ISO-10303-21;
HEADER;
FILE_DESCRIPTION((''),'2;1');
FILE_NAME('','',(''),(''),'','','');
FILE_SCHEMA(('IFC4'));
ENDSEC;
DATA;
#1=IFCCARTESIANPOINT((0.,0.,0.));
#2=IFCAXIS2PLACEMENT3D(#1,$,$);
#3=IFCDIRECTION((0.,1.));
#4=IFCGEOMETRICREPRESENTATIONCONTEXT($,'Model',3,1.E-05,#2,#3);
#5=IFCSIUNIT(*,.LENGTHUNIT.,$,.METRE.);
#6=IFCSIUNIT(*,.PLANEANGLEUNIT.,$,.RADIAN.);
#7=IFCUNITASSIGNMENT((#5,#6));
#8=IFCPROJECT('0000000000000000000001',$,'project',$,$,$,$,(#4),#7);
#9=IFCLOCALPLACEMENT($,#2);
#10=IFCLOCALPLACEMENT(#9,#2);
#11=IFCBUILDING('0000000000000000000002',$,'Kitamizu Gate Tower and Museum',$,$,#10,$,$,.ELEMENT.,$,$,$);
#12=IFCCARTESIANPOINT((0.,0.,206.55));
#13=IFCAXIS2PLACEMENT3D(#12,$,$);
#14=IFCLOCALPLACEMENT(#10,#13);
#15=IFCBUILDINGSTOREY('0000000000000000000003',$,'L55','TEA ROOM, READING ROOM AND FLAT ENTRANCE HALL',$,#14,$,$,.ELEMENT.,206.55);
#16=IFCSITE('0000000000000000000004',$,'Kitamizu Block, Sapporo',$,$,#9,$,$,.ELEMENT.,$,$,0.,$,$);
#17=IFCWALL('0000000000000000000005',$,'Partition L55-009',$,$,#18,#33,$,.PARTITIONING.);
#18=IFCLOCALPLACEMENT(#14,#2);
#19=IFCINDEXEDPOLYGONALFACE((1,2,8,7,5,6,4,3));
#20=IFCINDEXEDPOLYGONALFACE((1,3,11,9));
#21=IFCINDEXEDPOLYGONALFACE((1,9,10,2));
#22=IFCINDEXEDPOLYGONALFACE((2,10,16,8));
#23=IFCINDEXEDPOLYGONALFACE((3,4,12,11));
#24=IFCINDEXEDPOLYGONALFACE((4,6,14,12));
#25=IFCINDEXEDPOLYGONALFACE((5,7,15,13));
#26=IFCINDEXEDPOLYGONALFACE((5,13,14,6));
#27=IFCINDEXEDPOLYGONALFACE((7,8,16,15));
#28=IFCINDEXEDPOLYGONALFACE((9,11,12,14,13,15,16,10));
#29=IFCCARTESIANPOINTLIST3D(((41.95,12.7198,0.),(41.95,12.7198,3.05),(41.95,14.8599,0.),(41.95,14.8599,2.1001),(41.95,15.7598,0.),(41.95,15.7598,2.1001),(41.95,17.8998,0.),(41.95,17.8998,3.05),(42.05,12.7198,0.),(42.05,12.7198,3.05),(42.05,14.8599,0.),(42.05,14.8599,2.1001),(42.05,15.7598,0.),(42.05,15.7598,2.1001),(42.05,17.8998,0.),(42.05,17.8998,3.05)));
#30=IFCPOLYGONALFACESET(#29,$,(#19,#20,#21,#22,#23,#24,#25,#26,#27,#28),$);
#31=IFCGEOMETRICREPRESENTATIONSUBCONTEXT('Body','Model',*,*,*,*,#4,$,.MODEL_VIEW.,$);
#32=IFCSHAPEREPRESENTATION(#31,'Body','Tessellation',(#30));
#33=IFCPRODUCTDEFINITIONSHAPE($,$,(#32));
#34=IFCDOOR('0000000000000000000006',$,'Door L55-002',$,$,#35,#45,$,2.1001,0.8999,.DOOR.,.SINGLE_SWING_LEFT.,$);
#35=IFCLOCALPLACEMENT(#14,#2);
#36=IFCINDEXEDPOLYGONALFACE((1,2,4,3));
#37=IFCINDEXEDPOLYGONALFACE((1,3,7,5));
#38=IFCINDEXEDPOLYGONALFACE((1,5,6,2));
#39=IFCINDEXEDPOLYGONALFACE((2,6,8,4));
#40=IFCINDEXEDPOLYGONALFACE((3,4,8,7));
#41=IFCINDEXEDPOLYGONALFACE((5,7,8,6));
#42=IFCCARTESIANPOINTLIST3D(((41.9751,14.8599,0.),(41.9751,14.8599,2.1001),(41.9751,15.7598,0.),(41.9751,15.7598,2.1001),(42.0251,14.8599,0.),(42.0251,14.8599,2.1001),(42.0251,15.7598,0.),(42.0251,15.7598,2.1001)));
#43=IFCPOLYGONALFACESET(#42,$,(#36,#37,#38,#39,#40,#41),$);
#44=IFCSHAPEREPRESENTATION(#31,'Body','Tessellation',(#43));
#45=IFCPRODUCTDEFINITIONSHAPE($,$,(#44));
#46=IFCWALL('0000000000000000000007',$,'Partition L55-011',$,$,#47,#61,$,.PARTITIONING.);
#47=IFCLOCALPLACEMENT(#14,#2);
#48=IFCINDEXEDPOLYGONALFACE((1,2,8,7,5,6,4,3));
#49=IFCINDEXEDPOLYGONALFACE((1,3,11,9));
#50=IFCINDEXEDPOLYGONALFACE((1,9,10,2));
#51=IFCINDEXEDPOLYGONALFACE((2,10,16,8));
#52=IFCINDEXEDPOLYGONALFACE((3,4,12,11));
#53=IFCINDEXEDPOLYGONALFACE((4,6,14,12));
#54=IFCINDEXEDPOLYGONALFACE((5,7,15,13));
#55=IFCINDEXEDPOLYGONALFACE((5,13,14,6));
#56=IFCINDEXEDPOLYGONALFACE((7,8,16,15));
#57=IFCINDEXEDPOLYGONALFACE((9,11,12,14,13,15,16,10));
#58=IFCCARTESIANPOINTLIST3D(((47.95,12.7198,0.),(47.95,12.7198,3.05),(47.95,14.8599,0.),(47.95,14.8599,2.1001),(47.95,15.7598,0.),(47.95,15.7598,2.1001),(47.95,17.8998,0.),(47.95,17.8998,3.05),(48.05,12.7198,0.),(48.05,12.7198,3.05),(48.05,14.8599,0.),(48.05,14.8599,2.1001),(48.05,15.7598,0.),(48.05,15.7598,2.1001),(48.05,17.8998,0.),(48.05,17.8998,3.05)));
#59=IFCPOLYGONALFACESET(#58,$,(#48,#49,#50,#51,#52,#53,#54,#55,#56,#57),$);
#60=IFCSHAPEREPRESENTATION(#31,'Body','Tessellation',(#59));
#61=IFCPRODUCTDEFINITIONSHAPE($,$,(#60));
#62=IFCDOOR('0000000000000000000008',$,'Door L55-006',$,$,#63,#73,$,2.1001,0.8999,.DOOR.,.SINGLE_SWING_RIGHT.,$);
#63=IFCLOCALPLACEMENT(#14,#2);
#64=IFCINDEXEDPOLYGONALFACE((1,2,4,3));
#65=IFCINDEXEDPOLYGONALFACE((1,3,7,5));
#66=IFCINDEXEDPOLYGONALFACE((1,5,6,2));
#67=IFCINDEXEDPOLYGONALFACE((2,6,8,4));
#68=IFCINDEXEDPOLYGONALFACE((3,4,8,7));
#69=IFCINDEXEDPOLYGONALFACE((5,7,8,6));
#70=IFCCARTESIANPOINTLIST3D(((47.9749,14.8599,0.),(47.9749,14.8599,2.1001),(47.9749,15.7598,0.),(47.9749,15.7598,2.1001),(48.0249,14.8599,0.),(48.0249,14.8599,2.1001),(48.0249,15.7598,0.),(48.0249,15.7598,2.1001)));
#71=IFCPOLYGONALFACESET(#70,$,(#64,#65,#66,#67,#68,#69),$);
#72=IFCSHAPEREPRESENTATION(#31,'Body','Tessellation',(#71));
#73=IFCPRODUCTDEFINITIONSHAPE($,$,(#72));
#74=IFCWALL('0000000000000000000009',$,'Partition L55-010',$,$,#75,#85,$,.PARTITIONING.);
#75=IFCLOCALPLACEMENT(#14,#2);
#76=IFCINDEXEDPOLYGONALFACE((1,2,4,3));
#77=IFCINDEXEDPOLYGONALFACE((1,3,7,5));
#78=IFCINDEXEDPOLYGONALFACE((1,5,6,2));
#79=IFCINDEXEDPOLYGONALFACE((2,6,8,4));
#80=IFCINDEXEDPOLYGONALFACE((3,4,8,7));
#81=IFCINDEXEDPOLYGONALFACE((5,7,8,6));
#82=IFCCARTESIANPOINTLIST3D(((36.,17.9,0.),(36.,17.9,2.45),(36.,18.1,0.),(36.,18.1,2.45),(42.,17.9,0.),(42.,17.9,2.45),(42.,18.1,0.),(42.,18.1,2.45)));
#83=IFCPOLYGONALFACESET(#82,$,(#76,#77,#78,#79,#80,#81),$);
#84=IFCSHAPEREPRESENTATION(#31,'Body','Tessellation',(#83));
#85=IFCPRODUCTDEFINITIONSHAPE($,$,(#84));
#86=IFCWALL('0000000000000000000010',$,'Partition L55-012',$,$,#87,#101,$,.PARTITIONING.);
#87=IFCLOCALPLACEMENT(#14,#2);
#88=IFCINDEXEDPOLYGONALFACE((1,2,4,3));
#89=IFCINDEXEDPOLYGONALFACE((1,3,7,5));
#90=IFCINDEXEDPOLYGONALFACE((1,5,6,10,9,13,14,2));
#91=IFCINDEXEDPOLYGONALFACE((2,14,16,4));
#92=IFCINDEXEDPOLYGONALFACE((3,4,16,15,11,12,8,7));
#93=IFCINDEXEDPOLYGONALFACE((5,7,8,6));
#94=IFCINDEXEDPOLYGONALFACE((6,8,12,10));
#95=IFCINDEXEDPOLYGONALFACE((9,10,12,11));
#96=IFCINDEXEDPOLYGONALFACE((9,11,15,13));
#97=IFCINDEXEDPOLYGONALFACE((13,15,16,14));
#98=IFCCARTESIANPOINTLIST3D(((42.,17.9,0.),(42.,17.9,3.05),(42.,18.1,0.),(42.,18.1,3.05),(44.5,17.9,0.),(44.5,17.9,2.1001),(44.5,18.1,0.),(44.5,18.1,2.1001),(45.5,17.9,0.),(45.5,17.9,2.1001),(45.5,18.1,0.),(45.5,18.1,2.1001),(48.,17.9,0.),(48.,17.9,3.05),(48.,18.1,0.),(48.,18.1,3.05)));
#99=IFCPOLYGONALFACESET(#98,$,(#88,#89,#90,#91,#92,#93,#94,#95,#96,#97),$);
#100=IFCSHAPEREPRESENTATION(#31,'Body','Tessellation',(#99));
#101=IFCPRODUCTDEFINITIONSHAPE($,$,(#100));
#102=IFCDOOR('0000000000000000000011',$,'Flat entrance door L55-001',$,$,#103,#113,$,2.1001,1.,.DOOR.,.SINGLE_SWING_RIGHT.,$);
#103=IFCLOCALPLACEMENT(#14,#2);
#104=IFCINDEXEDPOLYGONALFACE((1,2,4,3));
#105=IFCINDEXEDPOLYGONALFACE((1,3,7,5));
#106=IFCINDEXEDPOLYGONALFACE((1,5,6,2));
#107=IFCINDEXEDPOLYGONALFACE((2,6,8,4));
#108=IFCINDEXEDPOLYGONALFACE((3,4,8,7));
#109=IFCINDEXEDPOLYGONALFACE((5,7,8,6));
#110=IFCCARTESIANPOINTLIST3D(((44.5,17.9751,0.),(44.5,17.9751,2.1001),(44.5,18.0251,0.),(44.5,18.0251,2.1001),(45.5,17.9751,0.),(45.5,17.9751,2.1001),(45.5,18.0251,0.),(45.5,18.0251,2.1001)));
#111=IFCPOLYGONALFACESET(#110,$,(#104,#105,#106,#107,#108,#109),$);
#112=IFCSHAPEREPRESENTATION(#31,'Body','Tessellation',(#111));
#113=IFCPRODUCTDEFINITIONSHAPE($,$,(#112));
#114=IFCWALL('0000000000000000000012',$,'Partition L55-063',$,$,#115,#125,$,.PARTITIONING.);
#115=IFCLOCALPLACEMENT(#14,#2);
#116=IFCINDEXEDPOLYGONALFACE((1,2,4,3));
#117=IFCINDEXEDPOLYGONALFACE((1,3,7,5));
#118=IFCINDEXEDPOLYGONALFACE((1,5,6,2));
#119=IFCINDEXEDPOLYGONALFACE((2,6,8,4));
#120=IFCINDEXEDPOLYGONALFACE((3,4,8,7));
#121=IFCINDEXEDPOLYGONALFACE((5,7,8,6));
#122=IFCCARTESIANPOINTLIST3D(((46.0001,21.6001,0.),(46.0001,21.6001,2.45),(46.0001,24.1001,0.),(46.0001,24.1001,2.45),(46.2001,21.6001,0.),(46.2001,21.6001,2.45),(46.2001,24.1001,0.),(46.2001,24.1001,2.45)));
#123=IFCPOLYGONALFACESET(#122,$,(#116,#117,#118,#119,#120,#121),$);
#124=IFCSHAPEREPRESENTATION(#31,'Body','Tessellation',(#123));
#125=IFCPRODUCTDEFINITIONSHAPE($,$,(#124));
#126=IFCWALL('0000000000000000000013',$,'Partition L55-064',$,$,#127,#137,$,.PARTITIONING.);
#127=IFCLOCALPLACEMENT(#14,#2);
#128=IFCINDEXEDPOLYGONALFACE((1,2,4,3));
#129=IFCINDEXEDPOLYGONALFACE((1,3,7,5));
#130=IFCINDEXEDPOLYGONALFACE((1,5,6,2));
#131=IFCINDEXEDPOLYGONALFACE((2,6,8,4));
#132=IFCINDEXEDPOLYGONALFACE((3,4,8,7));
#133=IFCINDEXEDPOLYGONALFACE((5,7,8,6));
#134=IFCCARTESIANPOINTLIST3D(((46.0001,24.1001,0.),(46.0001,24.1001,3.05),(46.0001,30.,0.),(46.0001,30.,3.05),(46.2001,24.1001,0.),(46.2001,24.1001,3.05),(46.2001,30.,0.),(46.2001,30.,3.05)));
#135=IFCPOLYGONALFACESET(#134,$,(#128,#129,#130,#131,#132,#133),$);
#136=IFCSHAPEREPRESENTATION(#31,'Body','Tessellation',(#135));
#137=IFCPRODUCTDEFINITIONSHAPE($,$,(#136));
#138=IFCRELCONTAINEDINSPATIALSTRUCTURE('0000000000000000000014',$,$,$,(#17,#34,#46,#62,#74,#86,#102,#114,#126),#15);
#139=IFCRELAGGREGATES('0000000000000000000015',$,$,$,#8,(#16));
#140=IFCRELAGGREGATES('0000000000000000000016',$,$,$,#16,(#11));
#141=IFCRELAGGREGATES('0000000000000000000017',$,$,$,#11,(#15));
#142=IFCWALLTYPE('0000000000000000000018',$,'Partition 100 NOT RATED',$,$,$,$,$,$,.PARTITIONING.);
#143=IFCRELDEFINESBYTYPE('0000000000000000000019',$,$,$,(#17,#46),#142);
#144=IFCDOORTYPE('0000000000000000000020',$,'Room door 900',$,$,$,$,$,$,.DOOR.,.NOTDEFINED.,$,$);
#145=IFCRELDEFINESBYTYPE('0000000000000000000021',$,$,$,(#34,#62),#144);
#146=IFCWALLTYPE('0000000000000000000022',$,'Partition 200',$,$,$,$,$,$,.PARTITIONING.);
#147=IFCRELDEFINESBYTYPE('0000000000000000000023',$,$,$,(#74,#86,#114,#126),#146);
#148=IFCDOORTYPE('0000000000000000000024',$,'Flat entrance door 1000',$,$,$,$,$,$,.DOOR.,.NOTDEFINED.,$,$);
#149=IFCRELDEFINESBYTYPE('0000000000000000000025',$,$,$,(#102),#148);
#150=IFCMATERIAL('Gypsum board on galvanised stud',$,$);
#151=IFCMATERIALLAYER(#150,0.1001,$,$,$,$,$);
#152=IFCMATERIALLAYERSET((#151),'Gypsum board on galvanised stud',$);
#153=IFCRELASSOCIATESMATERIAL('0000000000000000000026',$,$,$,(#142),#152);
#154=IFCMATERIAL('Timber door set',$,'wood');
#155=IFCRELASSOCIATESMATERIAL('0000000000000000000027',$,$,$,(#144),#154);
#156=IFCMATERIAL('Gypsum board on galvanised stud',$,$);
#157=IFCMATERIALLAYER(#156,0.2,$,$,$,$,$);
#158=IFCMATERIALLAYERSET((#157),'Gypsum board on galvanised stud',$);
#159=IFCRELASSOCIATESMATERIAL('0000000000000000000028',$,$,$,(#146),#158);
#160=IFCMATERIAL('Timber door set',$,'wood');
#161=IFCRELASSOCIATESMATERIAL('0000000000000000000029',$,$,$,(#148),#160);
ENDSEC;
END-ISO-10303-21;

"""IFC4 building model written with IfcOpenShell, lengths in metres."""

from ifc_helpers import new_model, si_unit, direction, frame, frame_2d, origin, place, context, subcontext, project, spatial, rectangle, extrude, material, layer, layer_set, type_object, element, fill, save


model = new_model("IFC4")

# Units and contexts
model_context = context("Model", 3, precision=1e-05, world=origin(), true_north=direction((0.0, 1.0)))
body_context = subcontext(model_context, "Body", "Model", "MODEL_VIEW")
ifc_project = project(units=[si_unit("LENGTHUNIT", "METRE"), si_unit("PLANEANGLEUNIT", "RADIAN")], contexts=[model_context])

# Site, building, storey
site_placement = place(None, origin())
site = spatial("IfcSite", under=ifc_project, at=site_placement, Name="Kitamizu Block, Sapporo", CompositionType="ELEMENT", RefElevation=0.0)
building_placement = place(site_placement, origin())
building = spatial("IfcBuilding", under=site, at=building_placement, Name="Kitamizu Gate Tower and Museum", CompositionType="ELEMENT")
storey_placement = place(building_placement, frame((0.0, 0.0, 206.55)))
storey = spatial("IfcBuildingStorey", under=building, at=storey_placement, Name="L55", Description="TEA ROOM, READING ROOM AND FLAT ENTRANCE HALL", CompositionType="ELEMENT", Elevation=206.55)

# Walls, openings, doors
ifc_material_1 = material(Name="Gypsum board on galvanised stud")
ifc_layer_1 = layer(ifc_material_1, 0.1001)
ifc_layer_set_1 = layer_set([ifc_layer_1], Name="Gypsum board on galvanised stud")
wall_type_1 = type_object("IfcWallType", Name="Partition 100 NOT RATED", PredefinedType="PARTITIONING", material=ifc_layer_set_1)
wall_1_placement = place(storey_placement, frame((42.0, 12.72, 0.0), z_axis=(0.0, 0.0, 1.0), x_axis=(0.0, 1.0, 0.0)))
wall_1 = element("IfcWall", 1, at=wall_1_placement, inside=storey, type_object=wall_type_1, Name="Partition L55-009", PredefinedType="PARTITIONING", context=body_context, shape_type="SweptSolid", body=[
    extrude(rectangle(XDim=5.1799, YDim=0.1001, at=frame_2d((2.5898, 0.0))), origin(), (0.0, 0.0, 1.0), 3.05),
])
opening_1_placement = place(wall_1_placement, frame((2.1399, 0.0, 0.0)))
opening_1 = element("IfcOpeningElement", 2, at=opening_1_placement, cuts=wall_1, PredefinedType="OPENING", context=body_context, shape_type="SweptSolid", body=[
    extrude(rectangle(XDim=0.8999, YDim=2.1001, at=frame_2d((0.45, 1.05))), frame((0.0, 0.0601, 0.0), z_axis=(0.0, -1.0, 0.0), x_axis=(1.0, 0.0, 0.0)), (0.0, 0.0, 1.0), 0.1201),
])
ifc_material_2 = material(Name="Timber door set", Category="wood")
door_type_1 = type_object("IfcDoorType", Name="Room door 900", OperationType="NOTDEFINED", PredefinedType="DOOR", material=ifc_material_2)
door_1_placement = place(opening_1_placement, origin())
door_1 = element("IfcDoor", 3, at=door_1_placement, inside=storey, type_object=door_type_1, Name="Door L55-002", OperationType="SINGLE_SWING_LEFT", OverallHeight=2.1001, OverallWidth=0.8999, PredefinedType="DOOR", context=body_context, shape_type="SweptSolid", body=[
    extrude(rectangle(XDim=0.8999, YDim=2.1001, at=frame_2d((0.45, 1.05))), frame((0.0, 0.0249, 0.0), z_axis=(0.0, -1.0, 0.0), x_axis=(1.0, 0.0, 0.0)), (0.0, 0.0, 1.0), 0.05),
])
fill(opening_1, door_1)
wall_2_placement = place(storey_placement, frame((48.0, 12.72, 0.0), z_axis=(0.0, 0.0, 1.0), x_axis=(0.0, 1.0, 0.0)))
wall_2 = element("IfcWall", 4, at=wall_2_placement, inside=storey, type_object=wall_type_1, Name="Partition L55-011", PredefinedType="PARTITIONING", context=body_context, shape_type="SweptSolid", body=[
    extrude(rectangle(XDim=5.1799, YDim=0.1001, at=frame_2d((2.5898, 0.0))), origin(), (0.0, 0.0, 1.0), 3.05),
])
opening_2_placement = place(wall_2_placement, frame((2.1399, 0.0, 0.0)))
opening_2 = element("IfcOpeningElement", 5, at=opening_2_placement, cuts=wall_2, PredefinedType="OPENING", context=body_context, shape_type="SweptSolid", body=[
    extrude(rectangle(XDim=0.8999, YDim=2.1001, at=frame_2d((0.45, 1.05))), frame((0.0, 0.0601, 0.0), z_axis=(0.0, -1.0, 0.0), x_axis=(1.0, 0.0, 0.0)), (0.0, 0.0, 1.0), 0.1201),
])
door_2_placement = place(opening_2_placement, frame((0.8999, 0.0, 0.0), x_axis=(-1.0, 0.0, 0.0)))
door_2 = element("IfcDoor", 6, at=door_2_placement, inside=storey, type_object=door_type_1, Name="Door L55-006", OperationType="SINGLE_SWING_RIGHT", OverallHeight=2.1001, OverallWidth=0.8999, PredefinedType="DOOR", context=body_context, shape_type="SweptSolid", body=[
    extrude(rectangle(XDim=0.8999, YDim=2.1001, at=frame_2d((0.45, 1.05))), frame((0.0, 0.0249, 0.0), z_axis=(0.0, -1.0, 0.0), x_axis=(1.0, 0.0, 0.0)), (0.0, 0.0, 1.0), 0.05),
])
fill(opening_2, door_2)

# Wall
ifc_material_3 = material(Name="Gypsum board on galvanised stud")
ifc_layer_2 = layer(ifc_material_3, 0.2)
ifc_layer_set_2 = layer_set([ifc_layer_2], Name="Gypsum board on galvanised stud")
wall_type_2 = type_object("IfcWallType", Name="Partition 200", PredefinedType="PARTITIONING", material=ifc_layer_set_2)
wall_3_placement = place(storey_placement, frame((42.0, 18.0, 0.0), z_axis=(0.0, 0.0, 1.0), x_axis=(-1.0, 0.0, 0.0)))
element("IfcWall", 7, at=wall_3_placement, inside=storey, type_object=wall_type_2, Name="Partition L55-010", PredefinedType="PARTITIONING", context=body_context, shape_type="SweptSolid", body=[
    extrude(rectangle(XDim=6.0, YDim=0.2, at=frame_2d((3.0, 0.0))), origin(), (0.0, 0.0, 1.0), 2.45),
])

# Wall, opening, door
wall_4_placement = place(storey_placement, frame((48.0, 18.0, 0.0), z_axis=(0.0, 0.0, 1.0), x_axis=(-1.0, 0.0, 0.0)))
wall_4 = element("IfcWall", 8, at=wall_4_placement, inside=storey, type_object=wall_type_2, Name="Partition L55-012", PredefinedType="PARTITIONING", context=body_context, shape_type="SweptSolid", body=[
    extrude(rectangle(XDim=6.0, YDim=0.2, at=frame_2d((3.0, 0.0))), origin(), (0.0, 0.0, 1.0), 3.05),
])
opening_3_placement = place(wall_4_placement, frame((2.5, 0.0, 0.0)))
opening_3 = element("IfcOpeningElement", 9, at=opening_3_placement, cuts=wall_4, PredefinedType="OPENING", context=body_context, shape_type="SweptSolid", body=[
    extrude(rectangle(XDim=1.0, YDim=2.1001, at=frame_2d((0.5, 1.05))), frame((0.0, 0.1099, 0.0), z_axis=(0.0, -1.0, 0.0), x_axis=(1.0, 0.0, 0.0)), (0.0, 0.0, 1.0), 0.22),
])
ifc_material_4 = material(Name="Timber door set", Category="wood")
door_type_2 = type_object("IfcDoorType", Name="Flat entrance door 1000", OperationType="NOTDEFINED", PredefinedType="DOOR", material=ifc_material_4)
door_3_placement = place(opening_3_placement, origin())
door_3 = element("IfcDoor", 10, at=door_3_placement, inside=storey, type_object=door_type_2, Name="Flat entrance door L55-001", OperationType="SINGLE_SWING_RIGHT", OverallHeight=2.1001, OverallWidth=1.0, PredefinedType="DOOR", context=body_context, shape_type="SweptSolid", body=[
    extrude(rectangle(XDim=1.0, YDim=2.1001, at=frame_2d((0.5, 1.05))), frame((0.0, 0.0249, 0.0), z_axis=(0.0, -1.0, 0.0), x_axis=(1.0, 0.0, 0.0)), (0.0, 0.0, 1.0), 0.05),
])
fill(opening_3, door_3)

# Walls
wall_5_placement = place(storey_placement, frame((46.1001, 21.6001, 0.0), z_axis=(0.0, 0.0, 1.0), x_axis=(0.0, 1.0, 0.0)))
element("IfcWall", 11, at=wall_5_placement, inside=storey, type_object=wall_type_2, Name="Partition L55-063", PredefinedType="PARTITIONING", context=body_context, shape_type="SweptSolid", body=[
    extrude(rectangle(XDim=2.5, YDim=0.2, at=frame_2d((1.25, 0.0))), origin(), (0.0, 0.0, 1.0), 2.45),
])
wall_6_placement = place(storey_placement, frame((46.1001, 24.1001, 0.0), z_axis=(0.0, 0.0, 1.0), x_axis=(0.0, 1.0, 0.0)))
element("IfcWall", 12, at=wall_6_placement, inside=storey, type_object=wall_type_2, Name="Partition L55-064", PredefinedType="PARTITIONING", context=body_context, shape_type="SweptSolid", body=[
    extrude(rectangle(XDim=5.8999, YDim=0.2, at=frame_2d((2.95, 0.0))), origin(), (0.0, 0.0, 1.0), 3.05),
])

save(model, "model.ifc")
